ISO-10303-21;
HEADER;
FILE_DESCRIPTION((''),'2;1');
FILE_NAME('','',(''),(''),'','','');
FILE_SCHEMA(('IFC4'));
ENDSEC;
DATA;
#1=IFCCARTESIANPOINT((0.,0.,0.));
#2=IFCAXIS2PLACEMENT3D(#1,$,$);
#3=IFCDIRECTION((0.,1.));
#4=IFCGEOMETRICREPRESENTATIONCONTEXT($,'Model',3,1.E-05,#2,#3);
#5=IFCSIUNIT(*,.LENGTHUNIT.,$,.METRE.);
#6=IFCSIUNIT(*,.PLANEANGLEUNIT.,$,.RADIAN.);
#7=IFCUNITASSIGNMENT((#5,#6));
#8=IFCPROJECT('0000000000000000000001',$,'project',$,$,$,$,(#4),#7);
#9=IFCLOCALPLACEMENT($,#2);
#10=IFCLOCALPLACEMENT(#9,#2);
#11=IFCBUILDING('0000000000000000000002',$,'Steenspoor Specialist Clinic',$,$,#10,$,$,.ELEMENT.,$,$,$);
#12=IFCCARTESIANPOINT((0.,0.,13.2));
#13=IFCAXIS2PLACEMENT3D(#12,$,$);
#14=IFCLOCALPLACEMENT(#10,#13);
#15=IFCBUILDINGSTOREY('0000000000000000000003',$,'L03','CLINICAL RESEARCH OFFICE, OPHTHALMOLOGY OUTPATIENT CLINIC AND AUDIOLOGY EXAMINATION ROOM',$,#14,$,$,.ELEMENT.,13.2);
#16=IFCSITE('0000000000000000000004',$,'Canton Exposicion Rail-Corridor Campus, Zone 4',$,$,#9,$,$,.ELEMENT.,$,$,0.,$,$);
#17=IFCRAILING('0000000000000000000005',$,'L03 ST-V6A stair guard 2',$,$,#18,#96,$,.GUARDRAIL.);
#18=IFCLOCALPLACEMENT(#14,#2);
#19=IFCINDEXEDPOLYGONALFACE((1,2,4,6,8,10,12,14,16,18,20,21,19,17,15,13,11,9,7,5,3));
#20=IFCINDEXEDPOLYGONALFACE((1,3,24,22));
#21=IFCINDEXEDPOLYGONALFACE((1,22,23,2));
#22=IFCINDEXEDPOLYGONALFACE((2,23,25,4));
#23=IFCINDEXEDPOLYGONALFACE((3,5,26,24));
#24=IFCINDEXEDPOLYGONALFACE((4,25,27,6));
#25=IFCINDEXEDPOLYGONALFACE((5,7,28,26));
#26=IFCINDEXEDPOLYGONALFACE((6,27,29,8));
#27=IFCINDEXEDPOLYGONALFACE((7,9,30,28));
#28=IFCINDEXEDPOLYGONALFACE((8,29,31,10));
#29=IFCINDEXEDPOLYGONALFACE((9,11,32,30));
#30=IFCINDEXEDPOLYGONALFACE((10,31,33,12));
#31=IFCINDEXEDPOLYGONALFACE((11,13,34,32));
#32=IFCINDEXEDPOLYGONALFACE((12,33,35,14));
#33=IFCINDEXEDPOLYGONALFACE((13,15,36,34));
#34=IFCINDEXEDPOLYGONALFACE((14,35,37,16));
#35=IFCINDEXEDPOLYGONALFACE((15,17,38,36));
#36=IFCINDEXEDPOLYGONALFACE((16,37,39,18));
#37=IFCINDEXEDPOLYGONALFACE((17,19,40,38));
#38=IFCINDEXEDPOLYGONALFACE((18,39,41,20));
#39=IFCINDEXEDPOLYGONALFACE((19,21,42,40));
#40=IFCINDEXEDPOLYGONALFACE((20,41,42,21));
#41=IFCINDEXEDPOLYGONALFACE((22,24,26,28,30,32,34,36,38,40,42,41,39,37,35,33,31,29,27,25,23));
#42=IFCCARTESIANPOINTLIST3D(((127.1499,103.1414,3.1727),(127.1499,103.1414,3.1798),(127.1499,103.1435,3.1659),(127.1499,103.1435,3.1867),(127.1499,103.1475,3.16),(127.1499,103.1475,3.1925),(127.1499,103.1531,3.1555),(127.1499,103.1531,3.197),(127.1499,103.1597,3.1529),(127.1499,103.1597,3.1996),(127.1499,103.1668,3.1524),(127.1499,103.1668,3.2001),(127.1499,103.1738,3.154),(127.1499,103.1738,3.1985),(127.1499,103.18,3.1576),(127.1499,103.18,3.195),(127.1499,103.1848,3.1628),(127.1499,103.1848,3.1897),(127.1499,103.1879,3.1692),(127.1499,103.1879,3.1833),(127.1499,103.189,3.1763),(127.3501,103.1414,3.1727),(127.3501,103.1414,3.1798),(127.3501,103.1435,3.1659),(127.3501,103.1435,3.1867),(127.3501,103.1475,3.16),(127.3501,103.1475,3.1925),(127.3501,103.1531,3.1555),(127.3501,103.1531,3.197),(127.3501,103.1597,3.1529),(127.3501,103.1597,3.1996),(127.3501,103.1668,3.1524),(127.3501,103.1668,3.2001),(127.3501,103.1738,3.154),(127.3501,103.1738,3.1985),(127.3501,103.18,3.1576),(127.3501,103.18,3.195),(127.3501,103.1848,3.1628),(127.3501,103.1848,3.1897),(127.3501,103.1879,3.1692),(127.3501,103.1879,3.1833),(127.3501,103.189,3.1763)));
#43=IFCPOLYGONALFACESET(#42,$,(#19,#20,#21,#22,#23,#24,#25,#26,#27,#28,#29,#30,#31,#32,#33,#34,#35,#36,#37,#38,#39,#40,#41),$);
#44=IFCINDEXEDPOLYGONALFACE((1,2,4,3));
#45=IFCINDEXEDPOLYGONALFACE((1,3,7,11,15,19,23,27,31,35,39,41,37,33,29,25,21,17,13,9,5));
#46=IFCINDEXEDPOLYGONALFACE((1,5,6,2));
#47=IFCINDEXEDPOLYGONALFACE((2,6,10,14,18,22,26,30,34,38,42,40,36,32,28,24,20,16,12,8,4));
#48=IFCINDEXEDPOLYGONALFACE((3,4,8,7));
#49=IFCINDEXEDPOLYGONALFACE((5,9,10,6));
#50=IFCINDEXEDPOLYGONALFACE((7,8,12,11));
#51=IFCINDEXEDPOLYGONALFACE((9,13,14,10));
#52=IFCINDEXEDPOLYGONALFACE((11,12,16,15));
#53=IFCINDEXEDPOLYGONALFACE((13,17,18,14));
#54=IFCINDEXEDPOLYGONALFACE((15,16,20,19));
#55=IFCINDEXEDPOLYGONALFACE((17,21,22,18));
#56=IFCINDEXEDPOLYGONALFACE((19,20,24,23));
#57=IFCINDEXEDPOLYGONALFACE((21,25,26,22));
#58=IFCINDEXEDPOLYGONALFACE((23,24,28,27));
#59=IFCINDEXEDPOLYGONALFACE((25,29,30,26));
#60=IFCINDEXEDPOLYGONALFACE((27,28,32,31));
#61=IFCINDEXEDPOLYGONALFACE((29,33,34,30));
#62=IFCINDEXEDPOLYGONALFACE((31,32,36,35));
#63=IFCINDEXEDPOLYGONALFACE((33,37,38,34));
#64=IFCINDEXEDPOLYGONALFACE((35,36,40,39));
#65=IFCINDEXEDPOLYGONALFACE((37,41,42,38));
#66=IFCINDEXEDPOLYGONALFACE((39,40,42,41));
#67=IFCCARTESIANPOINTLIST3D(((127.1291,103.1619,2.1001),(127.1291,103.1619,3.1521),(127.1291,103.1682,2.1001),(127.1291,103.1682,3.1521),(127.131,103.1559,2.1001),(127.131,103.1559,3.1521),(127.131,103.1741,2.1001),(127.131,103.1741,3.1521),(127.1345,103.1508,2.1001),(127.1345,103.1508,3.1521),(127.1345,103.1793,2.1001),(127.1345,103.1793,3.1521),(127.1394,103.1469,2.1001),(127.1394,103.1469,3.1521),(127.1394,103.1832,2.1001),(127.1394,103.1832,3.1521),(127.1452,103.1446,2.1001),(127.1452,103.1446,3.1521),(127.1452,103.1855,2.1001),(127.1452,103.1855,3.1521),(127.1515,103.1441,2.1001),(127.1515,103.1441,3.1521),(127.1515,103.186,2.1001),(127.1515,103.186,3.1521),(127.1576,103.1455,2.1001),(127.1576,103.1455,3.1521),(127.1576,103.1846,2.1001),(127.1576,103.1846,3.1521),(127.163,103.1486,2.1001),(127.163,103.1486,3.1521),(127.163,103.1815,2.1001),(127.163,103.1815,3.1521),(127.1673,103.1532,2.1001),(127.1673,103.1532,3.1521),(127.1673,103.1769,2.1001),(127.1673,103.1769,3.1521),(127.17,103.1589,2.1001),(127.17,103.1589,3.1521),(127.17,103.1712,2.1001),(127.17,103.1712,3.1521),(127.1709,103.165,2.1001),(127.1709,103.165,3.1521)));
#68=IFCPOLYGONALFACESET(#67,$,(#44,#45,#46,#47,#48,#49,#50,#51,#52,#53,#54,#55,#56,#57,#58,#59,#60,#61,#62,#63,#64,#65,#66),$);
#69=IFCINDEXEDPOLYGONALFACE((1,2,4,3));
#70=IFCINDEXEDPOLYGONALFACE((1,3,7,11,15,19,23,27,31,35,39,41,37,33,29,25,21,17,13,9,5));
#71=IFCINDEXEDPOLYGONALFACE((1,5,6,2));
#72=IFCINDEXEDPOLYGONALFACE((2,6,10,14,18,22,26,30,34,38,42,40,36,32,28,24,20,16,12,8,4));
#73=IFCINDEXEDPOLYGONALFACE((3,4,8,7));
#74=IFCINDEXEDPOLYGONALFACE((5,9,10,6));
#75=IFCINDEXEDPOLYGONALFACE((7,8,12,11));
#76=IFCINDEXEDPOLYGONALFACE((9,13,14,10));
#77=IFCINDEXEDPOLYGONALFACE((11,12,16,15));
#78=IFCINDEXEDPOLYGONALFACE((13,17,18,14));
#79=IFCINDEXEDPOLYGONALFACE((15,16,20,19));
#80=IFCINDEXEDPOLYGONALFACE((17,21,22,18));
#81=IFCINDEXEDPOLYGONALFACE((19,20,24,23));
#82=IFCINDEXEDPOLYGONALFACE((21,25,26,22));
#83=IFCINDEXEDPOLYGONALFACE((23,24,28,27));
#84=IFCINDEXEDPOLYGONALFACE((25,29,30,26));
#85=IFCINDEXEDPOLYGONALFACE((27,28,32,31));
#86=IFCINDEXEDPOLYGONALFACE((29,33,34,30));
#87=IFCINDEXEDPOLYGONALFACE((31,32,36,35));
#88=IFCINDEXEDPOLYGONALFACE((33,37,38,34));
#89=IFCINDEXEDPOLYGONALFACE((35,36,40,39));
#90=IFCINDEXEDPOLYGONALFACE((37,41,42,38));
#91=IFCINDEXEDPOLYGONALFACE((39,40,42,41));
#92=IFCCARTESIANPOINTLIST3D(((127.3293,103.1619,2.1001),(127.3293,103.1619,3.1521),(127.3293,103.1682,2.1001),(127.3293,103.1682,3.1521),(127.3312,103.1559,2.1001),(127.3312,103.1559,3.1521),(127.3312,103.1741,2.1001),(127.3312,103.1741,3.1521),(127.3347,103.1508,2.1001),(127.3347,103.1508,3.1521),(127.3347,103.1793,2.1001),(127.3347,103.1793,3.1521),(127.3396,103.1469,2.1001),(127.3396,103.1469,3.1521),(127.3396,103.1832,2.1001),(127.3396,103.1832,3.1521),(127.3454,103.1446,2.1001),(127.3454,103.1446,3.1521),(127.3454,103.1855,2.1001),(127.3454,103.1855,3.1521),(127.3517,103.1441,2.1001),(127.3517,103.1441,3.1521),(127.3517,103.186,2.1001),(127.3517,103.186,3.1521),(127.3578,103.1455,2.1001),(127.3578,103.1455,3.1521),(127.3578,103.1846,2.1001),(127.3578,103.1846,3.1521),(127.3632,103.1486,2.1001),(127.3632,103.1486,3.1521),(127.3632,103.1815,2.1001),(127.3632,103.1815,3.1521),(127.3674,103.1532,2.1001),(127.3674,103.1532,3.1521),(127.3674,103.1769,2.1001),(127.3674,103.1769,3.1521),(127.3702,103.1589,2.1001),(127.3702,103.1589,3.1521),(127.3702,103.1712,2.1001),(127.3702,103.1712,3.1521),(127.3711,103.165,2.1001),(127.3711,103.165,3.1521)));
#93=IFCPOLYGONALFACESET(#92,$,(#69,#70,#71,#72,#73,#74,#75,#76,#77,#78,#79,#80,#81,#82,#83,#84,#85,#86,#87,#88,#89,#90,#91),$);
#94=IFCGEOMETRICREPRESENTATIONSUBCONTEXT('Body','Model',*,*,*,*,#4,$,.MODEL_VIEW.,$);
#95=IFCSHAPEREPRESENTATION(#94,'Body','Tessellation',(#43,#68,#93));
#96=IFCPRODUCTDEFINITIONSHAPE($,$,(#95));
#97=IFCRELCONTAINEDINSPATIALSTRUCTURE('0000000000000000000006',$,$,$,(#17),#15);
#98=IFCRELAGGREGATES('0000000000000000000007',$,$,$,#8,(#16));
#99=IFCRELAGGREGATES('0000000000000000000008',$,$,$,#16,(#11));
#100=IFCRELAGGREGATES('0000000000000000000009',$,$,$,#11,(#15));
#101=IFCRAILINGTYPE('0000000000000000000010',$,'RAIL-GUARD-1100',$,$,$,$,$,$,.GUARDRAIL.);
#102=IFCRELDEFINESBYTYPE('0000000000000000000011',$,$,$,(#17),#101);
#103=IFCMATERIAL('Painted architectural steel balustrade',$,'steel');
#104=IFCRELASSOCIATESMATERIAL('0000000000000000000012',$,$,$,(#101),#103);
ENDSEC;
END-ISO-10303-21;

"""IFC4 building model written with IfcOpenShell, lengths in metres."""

from ifc_helpers import new_model, si_unit, direction, frame, origin, origin_2d, place, context, subcontext, project, spatial, circle, extrude, material, type_object, element, save


model = new_model("IFC4")

# Units and contexts
model_context = context("Model", 3, precision=1e-05, world=origin(), true_north=direction((0.0, 1.0)))
body_context = subcontext(model_context, "Body", "Model", "MODEL_VIEW")
ifc_project = project(units=[si_unit("LENGTHUNIT", "METRE"), si_unit("PLANEANGLEUNIT", "RADIAN")], contexts=[model_context])

# Site, building, storey
site_placement = place(None, origin())
site = spatial("IfcSite", under=ifc_project, at=site_placement, Name="Canton Exposicion Rail-Corridor Campus, Zone 4", CompositionType="ELEMENT", RefElevation=0.0)
building_placement = place(site_placement, origin())
building = spatial("IfcBuilding", under=site, at=building_placement, Name="Steenspoor Specialist Clinic", CompositionType="ELEMENT")
storey_placement = place(building_placement, frame((0.0, 0.0, 13.2)))
storey = spatial("IfcBuildingStorey", under=building, at=storey_placement, Name="L03", Description="CLINICAL RESEARCH OFFICE, OPHTHALMOLOGY OUTPATIENT CLINIC AND AUDIOLOGY EXAMINATION ROOM", CompositionType="ELEMENT", Elevation=13.2)

# Railing
ifc_material_1 = material(Name="Painted architectural steel balustrade", Category="steel")
railing_type_1 = type_object("IfcRailingType", Name="RAIL-GUARD-1100", PredefinedType="GUARDRAIL", material=ifc_material_1)
railing_1_placement = place(storey_placement, frame((127.1499, 103.165, 2.1001)))
element("IfcRailing", 1, at=railing_1_placement, inside=storey, type_object=railing_type_1, Name="L03 ST-V6A stair guard 2", PredefinedType="GUARDRAIL", context=body_context, shape_type="SweptSolid", body=[
    extrude(circle(Radius=0.0239, at=origin_2d()), frame((0.0, 0.0, 1.0762), z_axis=(1.0, 0.0, 0.0), x_axis=(0.0, 1.0, 0.0)), (0.0, 0.0, 1.0), 0.2002),
    extrude(circle(Radius=0.021, at=origin_2d()), origin(), (0.0, 0.0, 1.0), 1.052),
    extrude(circle(Radius=0.021, at=origin_2d()), frame((0.2002, 0.0, 0.0)), (0.0, 0.0, 1.0), 1.052),
])

save(model, "model.ifc")
